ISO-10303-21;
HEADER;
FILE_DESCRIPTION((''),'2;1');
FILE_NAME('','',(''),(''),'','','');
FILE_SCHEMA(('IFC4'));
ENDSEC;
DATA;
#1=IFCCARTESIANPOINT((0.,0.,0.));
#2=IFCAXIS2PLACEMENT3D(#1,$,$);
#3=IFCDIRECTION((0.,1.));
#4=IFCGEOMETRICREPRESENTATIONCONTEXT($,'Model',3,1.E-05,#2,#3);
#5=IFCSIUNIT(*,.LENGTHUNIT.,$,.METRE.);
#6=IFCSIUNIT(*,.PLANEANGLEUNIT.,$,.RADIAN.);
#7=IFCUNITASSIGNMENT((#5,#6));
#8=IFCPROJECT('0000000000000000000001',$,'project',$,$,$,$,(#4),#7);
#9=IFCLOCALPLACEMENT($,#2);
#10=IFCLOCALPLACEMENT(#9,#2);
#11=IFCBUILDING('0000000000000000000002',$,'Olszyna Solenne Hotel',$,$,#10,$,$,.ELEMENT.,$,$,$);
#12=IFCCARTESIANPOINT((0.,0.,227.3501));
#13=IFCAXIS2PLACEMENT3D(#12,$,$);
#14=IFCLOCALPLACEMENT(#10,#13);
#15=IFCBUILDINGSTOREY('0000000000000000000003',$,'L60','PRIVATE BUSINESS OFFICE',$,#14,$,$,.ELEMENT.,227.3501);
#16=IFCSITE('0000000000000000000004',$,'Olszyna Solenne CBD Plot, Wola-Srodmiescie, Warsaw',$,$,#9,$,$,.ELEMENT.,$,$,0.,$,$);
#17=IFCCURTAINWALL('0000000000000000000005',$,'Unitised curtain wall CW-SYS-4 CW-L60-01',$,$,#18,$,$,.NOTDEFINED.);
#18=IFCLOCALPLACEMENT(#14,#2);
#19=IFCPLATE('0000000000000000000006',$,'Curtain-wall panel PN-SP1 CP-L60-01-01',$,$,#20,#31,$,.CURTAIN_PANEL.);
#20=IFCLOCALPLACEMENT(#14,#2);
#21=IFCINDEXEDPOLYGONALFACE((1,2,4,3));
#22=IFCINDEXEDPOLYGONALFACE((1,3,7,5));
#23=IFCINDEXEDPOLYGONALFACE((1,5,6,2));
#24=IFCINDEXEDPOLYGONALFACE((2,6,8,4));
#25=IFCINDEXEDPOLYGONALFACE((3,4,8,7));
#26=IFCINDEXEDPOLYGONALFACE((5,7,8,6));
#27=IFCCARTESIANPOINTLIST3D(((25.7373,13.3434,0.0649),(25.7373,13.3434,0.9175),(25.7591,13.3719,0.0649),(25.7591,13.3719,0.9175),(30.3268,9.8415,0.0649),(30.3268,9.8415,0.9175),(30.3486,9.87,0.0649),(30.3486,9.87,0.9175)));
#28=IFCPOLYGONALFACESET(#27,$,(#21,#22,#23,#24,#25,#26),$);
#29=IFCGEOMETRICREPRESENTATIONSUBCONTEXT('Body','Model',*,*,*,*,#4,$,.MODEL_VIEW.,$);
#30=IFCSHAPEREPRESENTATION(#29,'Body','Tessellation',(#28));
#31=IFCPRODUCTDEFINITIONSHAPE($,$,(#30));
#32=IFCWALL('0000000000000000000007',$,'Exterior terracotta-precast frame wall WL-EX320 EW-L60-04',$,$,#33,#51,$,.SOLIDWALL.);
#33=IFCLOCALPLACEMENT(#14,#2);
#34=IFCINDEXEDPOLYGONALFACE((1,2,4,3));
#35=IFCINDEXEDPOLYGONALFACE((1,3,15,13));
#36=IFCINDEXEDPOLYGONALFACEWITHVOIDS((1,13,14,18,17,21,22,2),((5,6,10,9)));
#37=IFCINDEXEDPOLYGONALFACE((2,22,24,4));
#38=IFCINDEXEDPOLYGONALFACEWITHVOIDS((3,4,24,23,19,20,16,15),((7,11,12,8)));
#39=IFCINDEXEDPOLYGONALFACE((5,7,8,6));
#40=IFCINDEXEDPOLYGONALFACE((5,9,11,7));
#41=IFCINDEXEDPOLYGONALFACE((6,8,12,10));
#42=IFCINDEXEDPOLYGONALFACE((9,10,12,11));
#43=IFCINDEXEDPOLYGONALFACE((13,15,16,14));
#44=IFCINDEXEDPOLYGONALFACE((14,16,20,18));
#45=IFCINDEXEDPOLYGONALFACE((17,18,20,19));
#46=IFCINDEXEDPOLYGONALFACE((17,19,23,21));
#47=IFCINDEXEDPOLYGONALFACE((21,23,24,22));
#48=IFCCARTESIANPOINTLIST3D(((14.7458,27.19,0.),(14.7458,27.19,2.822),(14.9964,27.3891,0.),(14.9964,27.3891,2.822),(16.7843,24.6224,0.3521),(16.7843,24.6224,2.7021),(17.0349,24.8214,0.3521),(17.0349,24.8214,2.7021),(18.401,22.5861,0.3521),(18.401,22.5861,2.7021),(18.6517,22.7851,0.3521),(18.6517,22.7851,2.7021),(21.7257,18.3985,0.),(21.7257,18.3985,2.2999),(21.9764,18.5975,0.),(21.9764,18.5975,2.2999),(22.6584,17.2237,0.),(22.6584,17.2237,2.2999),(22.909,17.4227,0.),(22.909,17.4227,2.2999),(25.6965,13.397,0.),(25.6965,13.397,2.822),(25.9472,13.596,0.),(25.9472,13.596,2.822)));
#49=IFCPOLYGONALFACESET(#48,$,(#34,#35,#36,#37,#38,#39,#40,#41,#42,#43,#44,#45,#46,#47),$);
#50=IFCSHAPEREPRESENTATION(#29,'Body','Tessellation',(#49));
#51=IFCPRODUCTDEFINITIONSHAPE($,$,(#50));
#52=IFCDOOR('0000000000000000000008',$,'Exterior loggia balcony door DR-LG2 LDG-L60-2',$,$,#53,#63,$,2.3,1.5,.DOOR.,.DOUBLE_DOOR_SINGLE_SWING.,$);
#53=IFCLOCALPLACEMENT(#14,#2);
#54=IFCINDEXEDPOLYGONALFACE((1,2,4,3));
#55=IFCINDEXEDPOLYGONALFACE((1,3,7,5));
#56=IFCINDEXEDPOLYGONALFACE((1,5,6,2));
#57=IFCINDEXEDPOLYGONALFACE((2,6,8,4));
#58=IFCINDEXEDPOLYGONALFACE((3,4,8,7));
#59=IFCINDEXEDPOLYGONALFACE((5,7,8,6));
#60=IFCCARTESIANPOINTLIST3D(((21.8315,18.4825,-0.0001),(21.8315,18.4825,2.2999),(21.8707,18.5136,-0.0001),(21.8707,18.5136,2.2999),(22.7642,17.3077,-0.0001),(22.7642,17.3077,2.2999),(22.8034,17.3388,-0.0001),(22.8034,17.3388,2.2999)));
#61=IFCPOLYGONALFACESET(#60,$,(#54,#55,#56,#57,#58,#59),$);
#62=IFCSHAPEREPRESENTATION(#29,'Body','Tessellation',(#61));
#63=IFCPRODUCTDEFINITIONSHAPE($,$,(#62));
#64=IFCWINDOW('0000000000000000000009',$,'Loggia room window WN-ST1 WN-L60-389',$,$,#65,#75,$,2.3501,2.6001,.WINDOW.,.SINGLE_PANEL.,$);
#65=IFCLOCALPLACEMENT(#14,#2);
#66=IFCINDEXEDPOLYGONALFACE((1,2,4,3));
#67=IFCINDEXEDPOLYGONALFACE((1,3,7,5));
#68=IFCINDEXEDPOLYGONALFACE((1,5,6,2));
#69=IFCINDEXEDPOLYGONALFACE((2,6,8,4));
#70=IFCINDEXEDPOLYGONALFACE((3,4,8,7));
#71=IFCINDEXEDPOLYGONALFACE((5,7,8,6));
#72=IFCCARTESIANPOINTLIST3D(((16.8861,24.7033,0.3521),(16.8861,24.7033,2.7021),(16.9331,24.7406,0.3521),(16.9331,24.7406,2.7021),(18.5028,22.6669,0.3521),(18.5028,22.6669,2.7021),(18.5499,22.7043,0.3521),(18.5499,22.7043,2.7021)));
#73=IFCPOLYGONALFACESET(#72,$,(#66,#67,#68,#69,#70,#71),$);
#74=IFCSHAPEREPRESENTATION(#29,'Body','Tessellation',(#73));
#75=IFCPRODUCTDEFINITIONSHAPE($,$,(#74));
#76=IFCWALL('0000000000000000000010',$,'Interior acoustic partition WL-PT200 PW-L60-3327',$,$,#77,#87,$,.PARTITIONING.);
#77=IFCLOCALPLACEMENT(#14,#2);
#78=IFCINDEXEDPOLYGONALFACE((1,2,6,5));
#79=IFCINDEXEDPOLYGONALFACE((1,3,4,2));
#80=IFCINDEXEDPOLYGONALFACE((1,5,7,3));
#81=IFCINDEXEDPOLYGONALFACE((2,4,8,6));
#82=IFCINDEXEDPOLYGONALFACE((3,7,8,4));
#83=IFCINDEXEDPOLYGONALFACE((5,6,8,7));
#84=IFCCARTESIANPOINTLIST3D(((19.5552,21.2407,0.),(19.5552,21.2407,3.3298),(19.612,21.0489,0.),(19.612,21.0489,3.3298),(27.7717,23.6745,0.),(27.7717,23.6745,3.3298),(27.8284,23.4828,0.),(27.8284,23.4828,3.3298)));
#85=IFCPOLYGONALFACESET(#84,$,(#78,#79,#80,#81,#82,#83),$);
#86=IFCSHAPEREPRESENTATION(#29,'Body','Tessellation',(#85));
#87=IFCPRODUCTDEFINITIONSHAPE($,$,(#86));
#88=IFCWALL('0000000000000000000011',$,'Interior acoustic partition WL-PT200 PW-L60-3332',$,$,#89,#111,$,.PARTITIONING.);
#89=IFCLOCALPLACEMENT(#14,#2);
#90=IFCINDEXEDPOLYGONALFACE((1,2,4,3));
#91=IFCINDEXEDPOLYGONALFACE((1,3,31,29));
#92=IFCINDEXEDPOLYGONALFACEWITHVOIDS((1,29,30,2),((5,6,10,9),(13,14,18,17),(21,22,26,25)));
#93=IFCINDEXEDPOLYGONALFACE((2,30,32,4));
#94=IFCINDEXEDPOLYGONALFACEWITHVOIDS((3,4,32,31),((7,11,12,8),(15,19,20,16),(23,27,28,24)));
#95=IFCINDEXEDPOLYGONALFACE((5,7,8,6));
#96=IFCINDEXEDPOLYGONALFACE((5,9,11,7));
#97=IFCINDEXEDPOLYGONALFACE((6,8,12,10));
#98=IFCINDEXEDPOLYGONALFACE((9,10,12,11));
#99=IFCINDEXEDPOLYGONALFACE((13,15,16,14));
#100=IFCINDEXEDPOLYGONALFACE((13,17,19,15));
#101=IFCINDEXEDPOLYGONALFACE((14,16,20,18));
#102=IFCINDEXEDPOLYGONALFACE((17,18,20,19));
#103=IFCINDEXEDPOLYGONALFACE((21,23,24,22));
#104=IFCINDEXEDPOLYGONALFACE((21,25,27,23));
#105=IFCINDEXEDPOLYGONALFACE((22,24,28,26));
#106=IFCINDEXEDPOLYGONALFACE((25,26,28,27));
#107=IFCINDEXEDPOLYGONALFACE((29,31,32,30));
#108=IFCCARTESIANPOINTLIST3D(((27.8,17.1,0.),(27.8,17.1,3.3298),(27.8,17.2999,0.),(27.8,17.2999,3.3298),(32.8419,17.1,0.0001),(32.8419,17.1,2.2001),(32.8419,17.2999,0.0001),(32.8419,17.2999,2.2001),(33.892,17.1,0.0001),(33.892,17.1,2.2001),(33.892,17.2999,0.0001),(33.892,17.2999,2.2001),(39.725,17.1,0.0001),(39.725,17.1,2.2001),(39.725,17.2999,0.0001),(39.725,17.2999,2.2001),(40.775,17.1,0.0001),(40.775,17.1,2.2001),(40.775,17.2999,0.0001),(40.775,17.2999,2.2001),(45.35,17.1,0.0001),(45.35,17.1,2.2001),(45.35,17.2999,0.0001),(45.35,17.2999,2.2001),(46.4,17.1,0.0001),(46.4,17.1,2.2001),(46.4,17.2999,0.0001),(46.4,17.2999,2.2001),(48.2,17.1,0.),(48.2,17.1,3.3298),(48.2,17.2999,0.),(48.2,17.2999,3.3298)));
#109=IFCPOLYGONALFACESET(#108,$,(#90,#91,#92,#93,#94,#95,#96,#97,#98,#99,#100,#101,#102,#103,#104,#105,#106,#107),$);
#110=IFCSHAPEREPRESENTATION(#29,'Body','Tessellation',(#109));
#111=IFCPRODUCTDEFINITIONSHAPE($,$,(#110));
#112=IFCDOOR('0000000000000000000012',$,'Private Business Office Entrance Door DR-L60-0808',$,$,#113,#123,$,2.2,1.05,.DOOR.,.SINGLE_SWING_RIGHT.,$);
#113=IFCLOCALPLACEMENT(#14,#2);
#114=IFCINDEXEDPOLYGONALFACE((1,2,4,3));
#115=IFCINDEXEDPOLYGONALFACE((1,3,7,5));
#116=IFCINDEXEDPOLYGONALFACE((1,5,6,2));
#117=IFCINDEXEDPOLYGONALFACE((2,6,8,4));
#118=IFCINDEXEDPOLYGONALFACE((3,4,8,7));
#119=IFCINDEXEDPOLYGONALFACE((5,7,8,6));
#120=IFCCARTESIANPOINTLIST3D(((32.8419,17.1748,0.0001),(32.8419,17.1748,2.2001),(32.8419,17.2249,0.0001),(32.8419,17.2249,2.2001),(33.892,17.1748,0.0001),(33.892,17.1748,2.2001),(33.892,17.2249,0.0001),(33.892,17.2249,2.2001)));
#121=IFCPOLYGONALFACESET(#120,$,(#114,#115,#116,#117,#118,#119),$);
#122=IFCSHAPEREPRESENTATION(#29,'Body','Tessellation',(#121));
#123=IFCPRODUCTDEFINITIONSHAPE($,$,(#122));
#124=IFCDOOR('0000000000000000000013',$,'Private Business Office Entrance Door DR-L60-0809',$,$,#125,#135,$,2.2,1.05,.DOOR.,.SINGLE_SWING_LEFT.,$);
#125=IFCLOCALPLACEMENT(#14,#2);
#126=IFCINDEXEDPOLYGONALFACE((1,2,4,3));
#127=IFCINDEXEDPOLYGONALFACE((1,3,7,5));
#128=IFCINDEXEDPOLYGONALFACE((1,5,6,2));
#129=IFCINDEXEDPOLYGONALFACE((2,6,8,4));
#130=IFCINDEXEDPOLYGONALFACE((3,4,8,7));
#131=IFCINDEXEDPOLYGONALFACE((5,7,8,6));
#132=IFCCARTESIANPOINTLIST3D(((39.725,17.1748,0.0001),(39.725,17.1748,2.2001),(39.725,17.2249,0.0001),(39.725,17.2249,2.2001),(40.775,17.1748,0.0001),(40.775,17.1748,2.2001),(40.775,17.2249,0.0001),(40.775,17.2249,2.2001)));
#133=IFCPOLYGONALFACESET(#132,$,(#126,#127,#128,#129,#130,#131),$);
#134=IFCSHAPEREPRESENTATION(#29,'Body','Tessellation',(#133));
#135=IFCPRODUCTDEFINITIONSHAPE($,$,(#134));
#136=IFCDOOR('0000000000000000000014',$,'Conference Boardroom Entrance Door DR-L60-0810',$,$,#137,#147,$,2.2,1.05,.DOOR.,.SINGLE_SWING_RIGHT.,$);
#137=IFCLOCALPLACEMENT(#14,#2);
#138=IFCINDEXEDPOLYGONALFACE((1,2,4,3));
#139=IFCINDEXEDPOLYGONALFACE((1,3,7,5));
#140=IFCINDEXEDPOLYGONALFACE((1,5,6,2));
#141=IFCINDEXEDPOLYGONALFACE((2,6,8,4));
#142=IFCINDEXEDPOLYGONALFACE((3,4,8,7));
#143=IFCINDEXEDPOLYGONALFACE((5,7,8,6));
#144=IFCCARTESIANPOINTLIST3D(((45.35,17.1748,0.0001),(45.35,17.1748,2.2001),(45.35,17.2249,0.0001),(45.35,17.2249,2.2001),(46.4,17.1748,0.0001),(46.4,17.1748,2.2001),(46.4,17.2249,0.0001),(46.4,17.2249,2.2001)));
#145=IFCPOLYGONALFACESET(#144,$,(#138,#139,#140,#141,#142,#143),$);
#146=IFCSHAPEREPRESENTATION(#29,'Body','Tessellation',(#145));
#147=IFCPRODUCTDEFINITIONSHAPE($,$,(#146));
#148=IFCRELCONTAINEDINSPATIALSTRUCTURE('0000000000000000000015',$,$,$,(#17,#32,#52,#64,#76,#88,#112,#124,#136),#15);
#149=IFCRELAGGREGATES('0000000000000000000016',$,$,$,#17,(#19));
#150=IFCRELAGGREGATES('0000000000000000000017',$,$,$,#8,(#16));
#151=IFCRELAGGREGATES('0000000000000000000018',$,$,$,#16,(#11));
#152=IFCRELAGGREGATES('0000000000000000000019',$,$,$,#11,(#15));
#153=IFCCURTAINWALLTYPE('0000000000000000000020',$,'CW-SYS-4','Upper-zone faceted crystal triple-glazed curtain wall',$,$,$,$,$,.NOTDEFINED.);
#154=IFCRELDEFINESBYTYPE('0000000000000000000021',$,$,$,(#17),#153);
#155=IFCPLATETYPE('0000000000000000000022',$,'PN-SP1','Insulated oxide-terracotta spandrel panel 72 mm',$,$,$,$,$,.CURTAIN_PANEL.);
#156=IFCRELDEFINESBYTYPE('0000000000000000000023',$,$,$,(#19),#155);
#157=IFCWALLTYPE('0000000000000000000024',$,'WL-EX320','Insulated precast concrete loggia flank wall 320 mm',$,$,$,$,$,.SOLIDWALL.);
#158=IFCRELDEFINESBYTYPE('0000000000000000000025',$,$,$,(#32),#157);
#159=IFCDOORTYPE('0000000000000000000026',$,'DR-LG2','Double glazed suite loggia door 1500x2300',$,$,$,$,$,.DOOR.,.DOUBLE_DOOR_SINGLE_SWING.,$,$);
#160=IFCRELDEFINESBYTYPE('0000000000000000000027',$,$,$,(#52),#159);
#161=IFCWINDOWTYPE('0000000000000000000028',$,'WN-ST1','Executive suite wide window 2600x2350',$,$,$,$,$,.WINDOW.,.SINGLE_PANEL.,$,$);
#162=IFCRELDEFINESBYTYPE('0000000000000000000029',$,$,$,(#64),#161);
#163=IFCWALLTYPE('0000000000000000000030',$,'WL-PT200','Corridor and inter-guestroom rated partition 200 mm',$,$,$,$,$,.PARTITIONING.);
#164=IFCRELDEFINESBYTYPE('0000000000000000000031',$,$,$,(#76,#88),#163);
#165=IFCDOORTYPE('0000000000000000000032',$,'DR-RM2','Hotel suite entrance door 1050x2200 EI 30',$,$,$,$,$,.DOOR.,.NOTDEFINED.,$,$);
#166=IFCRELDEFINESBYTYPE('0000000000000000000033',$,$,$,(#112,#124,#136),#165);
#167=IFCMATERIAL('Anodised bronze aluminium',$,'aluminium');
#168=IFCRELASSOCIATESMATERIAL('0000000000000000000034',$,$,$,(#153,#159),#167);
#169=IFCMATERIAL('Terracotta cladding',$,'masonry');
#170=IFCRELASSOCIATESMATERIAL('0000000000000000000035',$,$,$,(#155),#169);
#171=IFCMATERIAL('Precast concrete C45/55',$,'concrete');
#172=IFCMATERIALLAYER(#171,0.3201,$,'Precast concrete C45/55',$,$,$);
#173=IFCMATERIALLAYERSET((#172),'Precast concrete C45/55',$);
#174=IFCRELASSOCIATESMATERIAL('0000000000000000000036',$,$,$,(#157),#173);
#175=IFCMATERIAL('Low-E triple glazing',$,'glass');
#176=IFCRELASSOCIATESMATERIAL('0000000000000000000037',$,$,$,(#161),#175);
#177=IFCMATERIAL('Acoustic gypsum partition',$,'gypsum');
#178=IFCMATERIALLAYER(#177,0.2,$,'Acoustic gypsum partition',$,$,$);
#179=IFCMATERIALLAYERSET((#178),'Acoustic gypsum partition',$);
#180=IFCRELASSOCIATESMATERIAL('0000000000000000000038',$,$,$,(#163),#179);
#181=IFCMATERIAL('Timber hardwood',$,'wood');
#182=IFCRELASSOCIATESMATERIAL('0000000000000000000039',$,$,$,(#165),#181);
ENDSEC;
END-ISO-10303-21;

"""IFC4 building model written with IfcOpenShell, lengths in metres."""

from ifc_helpers import new_model, si_unit, direction, frame, frame_2d, origin, origin_2d, place, context, subcontext, project, spatial, rectangle, extrude, source, transform, mapped, material, layer, layer_set, type_object, type_shapes, element, fill, aggregate, save


model = new_model("IFC4")

# Units and contexts
model_context = context("Model", 3, precision=1e-05, world=origin(), true_north=direction((0.0, 1.0)))
body_context = subcontext(model_context, "Body", "Model", "MODEL_VIEW")
ifc_project = project(units=[si_unit("LENGTHUNIT", "METRE"), si_unit("PLANEANGLEUNIT", "RADIAN")], contexts=[model_context])

# Site, building, storey
site_placement = place(None, origin())
site = spatial("IfcSite", under=ifc_project, at=site_placement, Name="Olszyna Solenne CBD Plot, Wola-Srodmiescie, Warsaw", CompositionType="ELEMENT", RefElevation=0.0)
building_placement = place(site_placement, origin())
building = spatial("IfcBuilding", under=site, at=building_placement, Name="Olszyna Solenne Hotel", CompositionType="ELEMENT")
storey_placement = place(building_placement, frame((0.0, 0.0, 227.3501)))
storey = spatial("IfcBuildingStorey", under=building, at=storey_placement, Name="L60", Description="PRIVATE BUSINESS OFFICE", CompositionType="ELEMENT", Elevation=227.3501)

# Curtain wall
ifc_material_1 = material(Name="Anodised bronze aluminium", Category="aluminium")
curtain_wall_type = type_object("IfcCurtainWallType", Name="CW-SYS-4", Description="Upper-zone faceted crystal triple-glazed curtain wall", PredefinedType="NOTDEFINED", material=ifc_material_1)
curtain_wall_placement = place(storey_placement, origin())
curtain_wall = element("IfcCurtainWall", 1, at=curtain_wall_placement, inside=storey, type_object=curtain_wall_type, Name="Unitised curtain wall CW-SYS-4 CW-L60-01", PredefinedType="NOTDEFINED")

# Shared definitions
ifc_material_2 = material(Name="Precast concrete C45/55", Category="concrete")

# Plate
ifc_material_3 = material(Name="Terracotta cladding", Category="masonry")
plate_type = type_object("IfcPlateType", Name="PN-SP1", Description="Insulated oxide-terracotta spandrel panel 72 mm", PredefinedType="CURTAIN_PANEL", material=ifc_material_3)
shared_shape_1 = source(origin(), body_context, "Body", "SweptSolid", [
    extrude(rectangle(XDim=5.7729, YDim=0.0359, at=origin_2d()), origin(), (0.0, 0.0, 1.0), 0.8525),
])
plate_placement = place(storey_placement, frame((28.043, 11.6067, 0.0649), z_axis=(0.0, 0.0, 1.0), x_axis=(0.794999, -0.606611, 0.0)))
plate = element("IfcPlate", 2, at=plate_placement, type_object=plate_type, Name="Curtain-wall panel PN-SP1 CP-L60-01-01", PredefinedType="CURTAIN_PANEL", context=body_context, shape_type="MappedRepresentation", body=[
    mapped(shared_shape_1, transform((0.0, 0.0, 0.0), x_axis=(1.0, 0.0, 0.0), y_axis=(0.0, 1.0, 0.0), z_axis=(0.0, 0.0, 1.0), scale=1.0)),
])
aggregate(curtain_wall, [plate])

# Wall, openings, door, window
ifc_layer_1 = layer(ifc_material_2, 0.3201, Name="Precast concrete C45/55")
ifc_layer_set_1 = layer_set([ifc_layer_1], Name="Precast concrete C45/55")
wall_type_1 = type_object("IfcWallType", Name="WL-EX320", Description="Insulated precast concrete loggia flank wall 320 mm", PredefinedType="SOLIDWALL", material=ifc_layer_set_1)
wall_1_placement = place(storey_placement, frame((25.8218, 13.4966, 0.0), z_axis=(0.0, 0.0, 1.0), x_axis=(-0.621793, 0.783182, 0.0)))
wall_1 = element("IfcWall", 3, at=wall_1_placement, inside=storey, type_object=wall_type_1, Name="Exterior terracotta-precast frame wall WL-EX320 EW-L60-04", PredefinedType="SOLIDWALL", context=body_context, shape_type="SweptSolid", body=[
    extrude(rectangle(XDim=17.6116, YDim=0.3201, at=frame_2d((8.8057, 0.0))), origin(), (0.0, 0.0, 1.0), 2.822),
])
opening_1_placement = place(wall_1_placement, frame((4.886, 0.0, 0.0)))
opening_1 = element("IfcOpeningElement", 4, at=opening_1_placement, cuts=wall_1, PredefinedType="OPENING", context=body_context, shape_type="SweptSolid", body=[
    extrude(rectangle(XDim=1.5, YDim=2.3, at=frame_2d((0.75, 1.1499))), frame((0.0, 0.1699, 0.0), z_axis=(0.0, -1.0, 0.0), x_axis=(1.0, 0.0, 0.0)), (0.0, 0.0, 1.0), 0.3401),
])
opening_2_placement = place(wall_1_placement, frame((11.7329, 0.0, 0.3521)))
opening_2 = element("IfcOpeningElement", 5, at=opening_2_placement, cuts=wall_1, PredefinedType="OPENING", context=body_context, shape_type="SweptSolid", body=[
    extrude(rectangle(XDim=2.6001, YDim=2.3501, at=frame_2d((1.3, 1.175))), frame((0.0, 0.1699, 0.0), z_axis=(0.0, -1.0, 0.0), x_axis=(1.0, 0.0, 0.0)), (0.0, 0.0, 1.0), 0.3401),
])
door_type_1 = type_object("IfcDoorType", Name="DR-LG2", Description="Double glazed suite loggia door 1500x2300", OperationType="DOUBLE_DOOR_SINGLE_SWING", PredefinedType="DOOR", material=ifc_material_1)
shared_shape_2 = source(origin(), body_context, "Body", "SweptSolid", [
    extrude(rectangle(XDim=1.5, YDim=2.3, at=frame_2d((0.75, 1.1499))), frame((0.0, 0.0249, 0.0), z_axis=(0.0, -1.0, 0.0), x_axis=(1.0, 0.0, 0.0)), (0.0, 0.0, 1.0), 0.05),
])
type_shapes(door_type_1, [shared_shape_2])
door_1_placement = place(opening_1_placement, origin())
door_1 = element("IfcDoor", 6, at=door_1_placement, inside=storey, type_object=door_type_1, Name="Exterior loggia balcony door DR-LG2 LDG-L60-2", OperationType="DOUBLE_DOOR_SINGLE_SWING", OverallHeight=2.3, OverallWidth=1.5, PredefinedType="DOOR", context=body_context, shape_type="MappedRepresentation", body=[
    mapped(shared_shape_2, transform((0.0, 0.0, 0.0), x_axis=(1.0, 0.0, 0.0), y_axis=(0.0, 1.0, 0.0), z_axis=(0.0, 0.0, 1.0), scale=1.0)),
])
fill(opening_1, door_1)
ifc_material_4 = material(Name="Low-E triple glazing", Category="glass")
window_type = type_object("IfcWindowType", Name="WN-ST1", Description="Executive suite wide window 2600x2350", PartitioningType="SINGLE_PANEL", PredefinedType="WINDOW", material=ifc_material_4)
shared_shape_3 = source(origin(), body_context, "Body", "SweptSolid", [
    extrude(rectangle(XDim=2.6001, YDim=2.3501, at=frame_2d((1.3, 1.175))), frame((0.0, 0.03, 0.0), z_axis=(0.0, -1.0, 0.0), x_axis=(1.0, 0.0, 0.0)), (0.0, 0.0, 1.0), 0.0601),
])
type_shapes(window_type, [shared_shape_3])
window_placement = place(opening_2_placement, origin())
window = element("IfcWindow", 7, at=window_placement, inside=storey, type_object=window_type, Name="Loggia room window WN-ST1 WN-L60-389", OverallHeight=2.3501, OverallWidth=2.6001, PartitioningType="SINGLE_PANEL", PredefinedType="WINDOW", context=body_context, shape_type="MappedRepresentation", body=[
    mapped(shared_shape_3, transform((0.0, 0.0, 0.0), x_axis=(1.0, 0.0, 0.0), y_axis=(0.0, 1.0, 0.0), z_axis=(0.0, 0.0, 1.0), scale=1.0)),
])
fill(opening_2, window)

# Wall
ifc_material_5 = material(Name="Acoustic gypsum partition", Category="gypsum")
ifc_layer_2 = layer(ifc_material_5, 0.2, Name="Acoustic gypsum partition")
ifc_layer_set_2 = layer_set([ifc_layer_2], Name="Acoustic gypsum partition")
wall_type_2 = type_object("IfcWallType", Name="WL-PT200", Description="Corridor and inter-guestroom rated partition 200 mm", PredefinedType="PARTITIONING", material=ifc_layer_set_2)
wall_2_placement = place(storey_placement, frame((27.8, 23.5786, 0.0), z_axis=(0.0, 0.0, 1.0), x_axis=(-0.95882, -0.284014, 0.0)))
element("IfcWall", 8, at=wall_2_placement, inside=storey, type_object=wall_type_2, Name="Interior acoustic partition WL-PT200 PW-L60-3327", PredefinedType="PARTITIONING", context=body_context, shape_type="SweptSolid", body=[
    extrude(rectangle(XDim=8.5693, YDim=0.2, at=frame_2d((4.2847, 0.0))), origin(), (0.0, 0.0, 1.0), 3.3298),
])

# Wall, openings, doors
wall_3_placement = place(storey_placement, frame((27.8, 17.2, 0.0), z_axis=(0.0, 0.0, 1.0), x_axis=(1.0, 0.0, 0.0)))
wall_3 = element("IfcWall", 9, at=wall_3_placement, inside=storey, type_object=wall_type_2, Name="Interior acoustic partition WL-PT200 PW-L60-3332", PredefinedType="PARTITIONING", context=body_context, shape_type="SweptSolid", body=[
    extrude(rectangle(XDim=20.3999, YDim=0.2, at=frame_2d((10.2, 0.0))), origin(), (0.0, 0.0, 1.0), 3.3298),
])
opening_3_placement = place(wall_3_placement, frame((5.042, 0.0, 0.0)))
opening_3 = element("IfcOpeningElement", 10, at=opening_3_placement, cuts=wall_3, PredefinedType="OPENING", context=body_context, shape_type="SweptSolid", body=[
    extrude(rectangle(XDim=1.05, YDim=2.2, at=frame_2d((0.5249, 1.1001))), frame((0.0, 0.1099, 0.0), z_axis=(0.0, -1.0, 0.0), x_axis=(1.0, 0.0, 0.0)), (0.0, 0.0, 1.0), 0.22),
])
opening_4_placement = place(wall_3_placement, frame((11.925, 0.0, 0.0)))
opening_4 = element("IfcOpeningElement", 11, at=opening_4_placement, cuts=wall_3, PredefinedType="OPENING", context=body_context, shape_type="SweptSolid", body=[
    extrude(rectangle(XDim=1.05, YDim=2.2, at=frame_2d((0.5249, 1.1001))), frame((0.0, 0.1099, 0.0), z_axis=(0.0, -1.0, 0.0), x_axis=(1.0, 0.0, 0.0)), (0.0, 0.0, 1.0), 0.22),
])
opening_5_placement = place(wall_3_placement, frame((17.55, 0.0, 0.0)))
opening_5 = element("IfcOpeningElement", 12, at=opening_5_placement, cuts=wall_3, PredefinedType="OPENING", context=body_context, shape_type="SweptSolid", body=[
    extrude(rectangle(XDim=1.05, YDim=2.2, at=frame_2d((0.5249, 1.1001))), frame((0.0, 0.1099, 0.0), z_axis=(0.0, -1.0, 0.0), x_axis=(1.0, 0.0, 0.0)), (0.0, 0.0, 1.0), 0.22),
])
ifc_material_6 = material(Name="Timber hardwood", Category="wood")
door_type_2 = type_object("IfcDoorType", Name="DR-RM2", Description="Hotel suite entrance door 1050x2200 EI 30", OperationType="NOTDEFINED", PredefinedType="DOOR", material=ifc_material_6)
shared_shape_4 = source(origin(), body_context, "Body", "SweptSolid", [
    extrude(rectangle(XDim=1.05, YDim=2.2, at=frame_2d((0.5249, 1.1001))), frame((0.0, 0.0249, 0.0), z_axis=(0.0, -1.0, 0.0), x_axis=(1.0, 0.0, 0.0)), (0.0, 0.0, 1.0), 0.05),
])
type_shapes(door_type_2, [shared_shape_4])
door_2_placement = place(opening_3_placement, origin())
door_2 = element("IfcDoor", 13, at=door_2_placement, inside=storey, type_object=door_type_2, Name="Private Business Office Entrance Door DR-L60-0808", OperationType="SINGLE_SWING_RIGHT", OverallHeight=2.2, OverallWidth=1.05, PredefinedType="DOOR", context=body_context, shape_type="MappedRepresentation", body=[
    mapped(shared_shape_4, transform((0.0, 0.0, 0.0), x_axis=(1.0, 0.0, 0.0), y_axis=(0.0, 1.0, 0.0), z_axis=(0.0, 0.0, 1.0), scale=1.0)),
])
fill(opening_3, door_2)
door_3_placement = place(opening_4_placement, origin())
door_3 = element("IfcDoor", 14, at=door_3_placement, inside=storey, type_object=door_type_2, Name="Private Business Office Entrance Door DR-L60-0809", OperationType="SINGLE_SWING_LEFT", OverallHeight=2.2, OverallWidth=1.05, PredefinedType="DOOR", context=body_context, shape_type="MappedRepresentation", body=[
    mapped(shared_shape_4, transform((0.0, 0.0, 0.0), x_axis=(1.0, 0.0, 0.0), y_axis=(0.0, 1.0, 0.0), z_axis=(0.0, 0.0, 1.0), scale=1.0)),
])
fill(opening_4, door_3)
door_4_placement = place(opening_5_placement, origin())
door_4 = element("IfcDoor", 15, at=door_4_placement, inside=storey, type_object=door_type_2, Name="Conference Boardroom Entrance Door DR-L60-0810", OperationType="SINGLE_SWING_RIGHT", OverallHeight=2.2, OverallWidth=1.05, PredefinedType="DOOR", context=body_context, shape_type="MappedRepresentation", body=[
    mapped(shared_shape_4, transform((0.0, 0.0, 0.0), x_axis=(1.0, 0.0, 0.0), y_axis=(0.0, 1.0, 0.0), z_axis=(0.0, 0.0, 1.0), scale=1.0)),
])
fill(opening_5, door_4)

save(model, "model.ifc")
